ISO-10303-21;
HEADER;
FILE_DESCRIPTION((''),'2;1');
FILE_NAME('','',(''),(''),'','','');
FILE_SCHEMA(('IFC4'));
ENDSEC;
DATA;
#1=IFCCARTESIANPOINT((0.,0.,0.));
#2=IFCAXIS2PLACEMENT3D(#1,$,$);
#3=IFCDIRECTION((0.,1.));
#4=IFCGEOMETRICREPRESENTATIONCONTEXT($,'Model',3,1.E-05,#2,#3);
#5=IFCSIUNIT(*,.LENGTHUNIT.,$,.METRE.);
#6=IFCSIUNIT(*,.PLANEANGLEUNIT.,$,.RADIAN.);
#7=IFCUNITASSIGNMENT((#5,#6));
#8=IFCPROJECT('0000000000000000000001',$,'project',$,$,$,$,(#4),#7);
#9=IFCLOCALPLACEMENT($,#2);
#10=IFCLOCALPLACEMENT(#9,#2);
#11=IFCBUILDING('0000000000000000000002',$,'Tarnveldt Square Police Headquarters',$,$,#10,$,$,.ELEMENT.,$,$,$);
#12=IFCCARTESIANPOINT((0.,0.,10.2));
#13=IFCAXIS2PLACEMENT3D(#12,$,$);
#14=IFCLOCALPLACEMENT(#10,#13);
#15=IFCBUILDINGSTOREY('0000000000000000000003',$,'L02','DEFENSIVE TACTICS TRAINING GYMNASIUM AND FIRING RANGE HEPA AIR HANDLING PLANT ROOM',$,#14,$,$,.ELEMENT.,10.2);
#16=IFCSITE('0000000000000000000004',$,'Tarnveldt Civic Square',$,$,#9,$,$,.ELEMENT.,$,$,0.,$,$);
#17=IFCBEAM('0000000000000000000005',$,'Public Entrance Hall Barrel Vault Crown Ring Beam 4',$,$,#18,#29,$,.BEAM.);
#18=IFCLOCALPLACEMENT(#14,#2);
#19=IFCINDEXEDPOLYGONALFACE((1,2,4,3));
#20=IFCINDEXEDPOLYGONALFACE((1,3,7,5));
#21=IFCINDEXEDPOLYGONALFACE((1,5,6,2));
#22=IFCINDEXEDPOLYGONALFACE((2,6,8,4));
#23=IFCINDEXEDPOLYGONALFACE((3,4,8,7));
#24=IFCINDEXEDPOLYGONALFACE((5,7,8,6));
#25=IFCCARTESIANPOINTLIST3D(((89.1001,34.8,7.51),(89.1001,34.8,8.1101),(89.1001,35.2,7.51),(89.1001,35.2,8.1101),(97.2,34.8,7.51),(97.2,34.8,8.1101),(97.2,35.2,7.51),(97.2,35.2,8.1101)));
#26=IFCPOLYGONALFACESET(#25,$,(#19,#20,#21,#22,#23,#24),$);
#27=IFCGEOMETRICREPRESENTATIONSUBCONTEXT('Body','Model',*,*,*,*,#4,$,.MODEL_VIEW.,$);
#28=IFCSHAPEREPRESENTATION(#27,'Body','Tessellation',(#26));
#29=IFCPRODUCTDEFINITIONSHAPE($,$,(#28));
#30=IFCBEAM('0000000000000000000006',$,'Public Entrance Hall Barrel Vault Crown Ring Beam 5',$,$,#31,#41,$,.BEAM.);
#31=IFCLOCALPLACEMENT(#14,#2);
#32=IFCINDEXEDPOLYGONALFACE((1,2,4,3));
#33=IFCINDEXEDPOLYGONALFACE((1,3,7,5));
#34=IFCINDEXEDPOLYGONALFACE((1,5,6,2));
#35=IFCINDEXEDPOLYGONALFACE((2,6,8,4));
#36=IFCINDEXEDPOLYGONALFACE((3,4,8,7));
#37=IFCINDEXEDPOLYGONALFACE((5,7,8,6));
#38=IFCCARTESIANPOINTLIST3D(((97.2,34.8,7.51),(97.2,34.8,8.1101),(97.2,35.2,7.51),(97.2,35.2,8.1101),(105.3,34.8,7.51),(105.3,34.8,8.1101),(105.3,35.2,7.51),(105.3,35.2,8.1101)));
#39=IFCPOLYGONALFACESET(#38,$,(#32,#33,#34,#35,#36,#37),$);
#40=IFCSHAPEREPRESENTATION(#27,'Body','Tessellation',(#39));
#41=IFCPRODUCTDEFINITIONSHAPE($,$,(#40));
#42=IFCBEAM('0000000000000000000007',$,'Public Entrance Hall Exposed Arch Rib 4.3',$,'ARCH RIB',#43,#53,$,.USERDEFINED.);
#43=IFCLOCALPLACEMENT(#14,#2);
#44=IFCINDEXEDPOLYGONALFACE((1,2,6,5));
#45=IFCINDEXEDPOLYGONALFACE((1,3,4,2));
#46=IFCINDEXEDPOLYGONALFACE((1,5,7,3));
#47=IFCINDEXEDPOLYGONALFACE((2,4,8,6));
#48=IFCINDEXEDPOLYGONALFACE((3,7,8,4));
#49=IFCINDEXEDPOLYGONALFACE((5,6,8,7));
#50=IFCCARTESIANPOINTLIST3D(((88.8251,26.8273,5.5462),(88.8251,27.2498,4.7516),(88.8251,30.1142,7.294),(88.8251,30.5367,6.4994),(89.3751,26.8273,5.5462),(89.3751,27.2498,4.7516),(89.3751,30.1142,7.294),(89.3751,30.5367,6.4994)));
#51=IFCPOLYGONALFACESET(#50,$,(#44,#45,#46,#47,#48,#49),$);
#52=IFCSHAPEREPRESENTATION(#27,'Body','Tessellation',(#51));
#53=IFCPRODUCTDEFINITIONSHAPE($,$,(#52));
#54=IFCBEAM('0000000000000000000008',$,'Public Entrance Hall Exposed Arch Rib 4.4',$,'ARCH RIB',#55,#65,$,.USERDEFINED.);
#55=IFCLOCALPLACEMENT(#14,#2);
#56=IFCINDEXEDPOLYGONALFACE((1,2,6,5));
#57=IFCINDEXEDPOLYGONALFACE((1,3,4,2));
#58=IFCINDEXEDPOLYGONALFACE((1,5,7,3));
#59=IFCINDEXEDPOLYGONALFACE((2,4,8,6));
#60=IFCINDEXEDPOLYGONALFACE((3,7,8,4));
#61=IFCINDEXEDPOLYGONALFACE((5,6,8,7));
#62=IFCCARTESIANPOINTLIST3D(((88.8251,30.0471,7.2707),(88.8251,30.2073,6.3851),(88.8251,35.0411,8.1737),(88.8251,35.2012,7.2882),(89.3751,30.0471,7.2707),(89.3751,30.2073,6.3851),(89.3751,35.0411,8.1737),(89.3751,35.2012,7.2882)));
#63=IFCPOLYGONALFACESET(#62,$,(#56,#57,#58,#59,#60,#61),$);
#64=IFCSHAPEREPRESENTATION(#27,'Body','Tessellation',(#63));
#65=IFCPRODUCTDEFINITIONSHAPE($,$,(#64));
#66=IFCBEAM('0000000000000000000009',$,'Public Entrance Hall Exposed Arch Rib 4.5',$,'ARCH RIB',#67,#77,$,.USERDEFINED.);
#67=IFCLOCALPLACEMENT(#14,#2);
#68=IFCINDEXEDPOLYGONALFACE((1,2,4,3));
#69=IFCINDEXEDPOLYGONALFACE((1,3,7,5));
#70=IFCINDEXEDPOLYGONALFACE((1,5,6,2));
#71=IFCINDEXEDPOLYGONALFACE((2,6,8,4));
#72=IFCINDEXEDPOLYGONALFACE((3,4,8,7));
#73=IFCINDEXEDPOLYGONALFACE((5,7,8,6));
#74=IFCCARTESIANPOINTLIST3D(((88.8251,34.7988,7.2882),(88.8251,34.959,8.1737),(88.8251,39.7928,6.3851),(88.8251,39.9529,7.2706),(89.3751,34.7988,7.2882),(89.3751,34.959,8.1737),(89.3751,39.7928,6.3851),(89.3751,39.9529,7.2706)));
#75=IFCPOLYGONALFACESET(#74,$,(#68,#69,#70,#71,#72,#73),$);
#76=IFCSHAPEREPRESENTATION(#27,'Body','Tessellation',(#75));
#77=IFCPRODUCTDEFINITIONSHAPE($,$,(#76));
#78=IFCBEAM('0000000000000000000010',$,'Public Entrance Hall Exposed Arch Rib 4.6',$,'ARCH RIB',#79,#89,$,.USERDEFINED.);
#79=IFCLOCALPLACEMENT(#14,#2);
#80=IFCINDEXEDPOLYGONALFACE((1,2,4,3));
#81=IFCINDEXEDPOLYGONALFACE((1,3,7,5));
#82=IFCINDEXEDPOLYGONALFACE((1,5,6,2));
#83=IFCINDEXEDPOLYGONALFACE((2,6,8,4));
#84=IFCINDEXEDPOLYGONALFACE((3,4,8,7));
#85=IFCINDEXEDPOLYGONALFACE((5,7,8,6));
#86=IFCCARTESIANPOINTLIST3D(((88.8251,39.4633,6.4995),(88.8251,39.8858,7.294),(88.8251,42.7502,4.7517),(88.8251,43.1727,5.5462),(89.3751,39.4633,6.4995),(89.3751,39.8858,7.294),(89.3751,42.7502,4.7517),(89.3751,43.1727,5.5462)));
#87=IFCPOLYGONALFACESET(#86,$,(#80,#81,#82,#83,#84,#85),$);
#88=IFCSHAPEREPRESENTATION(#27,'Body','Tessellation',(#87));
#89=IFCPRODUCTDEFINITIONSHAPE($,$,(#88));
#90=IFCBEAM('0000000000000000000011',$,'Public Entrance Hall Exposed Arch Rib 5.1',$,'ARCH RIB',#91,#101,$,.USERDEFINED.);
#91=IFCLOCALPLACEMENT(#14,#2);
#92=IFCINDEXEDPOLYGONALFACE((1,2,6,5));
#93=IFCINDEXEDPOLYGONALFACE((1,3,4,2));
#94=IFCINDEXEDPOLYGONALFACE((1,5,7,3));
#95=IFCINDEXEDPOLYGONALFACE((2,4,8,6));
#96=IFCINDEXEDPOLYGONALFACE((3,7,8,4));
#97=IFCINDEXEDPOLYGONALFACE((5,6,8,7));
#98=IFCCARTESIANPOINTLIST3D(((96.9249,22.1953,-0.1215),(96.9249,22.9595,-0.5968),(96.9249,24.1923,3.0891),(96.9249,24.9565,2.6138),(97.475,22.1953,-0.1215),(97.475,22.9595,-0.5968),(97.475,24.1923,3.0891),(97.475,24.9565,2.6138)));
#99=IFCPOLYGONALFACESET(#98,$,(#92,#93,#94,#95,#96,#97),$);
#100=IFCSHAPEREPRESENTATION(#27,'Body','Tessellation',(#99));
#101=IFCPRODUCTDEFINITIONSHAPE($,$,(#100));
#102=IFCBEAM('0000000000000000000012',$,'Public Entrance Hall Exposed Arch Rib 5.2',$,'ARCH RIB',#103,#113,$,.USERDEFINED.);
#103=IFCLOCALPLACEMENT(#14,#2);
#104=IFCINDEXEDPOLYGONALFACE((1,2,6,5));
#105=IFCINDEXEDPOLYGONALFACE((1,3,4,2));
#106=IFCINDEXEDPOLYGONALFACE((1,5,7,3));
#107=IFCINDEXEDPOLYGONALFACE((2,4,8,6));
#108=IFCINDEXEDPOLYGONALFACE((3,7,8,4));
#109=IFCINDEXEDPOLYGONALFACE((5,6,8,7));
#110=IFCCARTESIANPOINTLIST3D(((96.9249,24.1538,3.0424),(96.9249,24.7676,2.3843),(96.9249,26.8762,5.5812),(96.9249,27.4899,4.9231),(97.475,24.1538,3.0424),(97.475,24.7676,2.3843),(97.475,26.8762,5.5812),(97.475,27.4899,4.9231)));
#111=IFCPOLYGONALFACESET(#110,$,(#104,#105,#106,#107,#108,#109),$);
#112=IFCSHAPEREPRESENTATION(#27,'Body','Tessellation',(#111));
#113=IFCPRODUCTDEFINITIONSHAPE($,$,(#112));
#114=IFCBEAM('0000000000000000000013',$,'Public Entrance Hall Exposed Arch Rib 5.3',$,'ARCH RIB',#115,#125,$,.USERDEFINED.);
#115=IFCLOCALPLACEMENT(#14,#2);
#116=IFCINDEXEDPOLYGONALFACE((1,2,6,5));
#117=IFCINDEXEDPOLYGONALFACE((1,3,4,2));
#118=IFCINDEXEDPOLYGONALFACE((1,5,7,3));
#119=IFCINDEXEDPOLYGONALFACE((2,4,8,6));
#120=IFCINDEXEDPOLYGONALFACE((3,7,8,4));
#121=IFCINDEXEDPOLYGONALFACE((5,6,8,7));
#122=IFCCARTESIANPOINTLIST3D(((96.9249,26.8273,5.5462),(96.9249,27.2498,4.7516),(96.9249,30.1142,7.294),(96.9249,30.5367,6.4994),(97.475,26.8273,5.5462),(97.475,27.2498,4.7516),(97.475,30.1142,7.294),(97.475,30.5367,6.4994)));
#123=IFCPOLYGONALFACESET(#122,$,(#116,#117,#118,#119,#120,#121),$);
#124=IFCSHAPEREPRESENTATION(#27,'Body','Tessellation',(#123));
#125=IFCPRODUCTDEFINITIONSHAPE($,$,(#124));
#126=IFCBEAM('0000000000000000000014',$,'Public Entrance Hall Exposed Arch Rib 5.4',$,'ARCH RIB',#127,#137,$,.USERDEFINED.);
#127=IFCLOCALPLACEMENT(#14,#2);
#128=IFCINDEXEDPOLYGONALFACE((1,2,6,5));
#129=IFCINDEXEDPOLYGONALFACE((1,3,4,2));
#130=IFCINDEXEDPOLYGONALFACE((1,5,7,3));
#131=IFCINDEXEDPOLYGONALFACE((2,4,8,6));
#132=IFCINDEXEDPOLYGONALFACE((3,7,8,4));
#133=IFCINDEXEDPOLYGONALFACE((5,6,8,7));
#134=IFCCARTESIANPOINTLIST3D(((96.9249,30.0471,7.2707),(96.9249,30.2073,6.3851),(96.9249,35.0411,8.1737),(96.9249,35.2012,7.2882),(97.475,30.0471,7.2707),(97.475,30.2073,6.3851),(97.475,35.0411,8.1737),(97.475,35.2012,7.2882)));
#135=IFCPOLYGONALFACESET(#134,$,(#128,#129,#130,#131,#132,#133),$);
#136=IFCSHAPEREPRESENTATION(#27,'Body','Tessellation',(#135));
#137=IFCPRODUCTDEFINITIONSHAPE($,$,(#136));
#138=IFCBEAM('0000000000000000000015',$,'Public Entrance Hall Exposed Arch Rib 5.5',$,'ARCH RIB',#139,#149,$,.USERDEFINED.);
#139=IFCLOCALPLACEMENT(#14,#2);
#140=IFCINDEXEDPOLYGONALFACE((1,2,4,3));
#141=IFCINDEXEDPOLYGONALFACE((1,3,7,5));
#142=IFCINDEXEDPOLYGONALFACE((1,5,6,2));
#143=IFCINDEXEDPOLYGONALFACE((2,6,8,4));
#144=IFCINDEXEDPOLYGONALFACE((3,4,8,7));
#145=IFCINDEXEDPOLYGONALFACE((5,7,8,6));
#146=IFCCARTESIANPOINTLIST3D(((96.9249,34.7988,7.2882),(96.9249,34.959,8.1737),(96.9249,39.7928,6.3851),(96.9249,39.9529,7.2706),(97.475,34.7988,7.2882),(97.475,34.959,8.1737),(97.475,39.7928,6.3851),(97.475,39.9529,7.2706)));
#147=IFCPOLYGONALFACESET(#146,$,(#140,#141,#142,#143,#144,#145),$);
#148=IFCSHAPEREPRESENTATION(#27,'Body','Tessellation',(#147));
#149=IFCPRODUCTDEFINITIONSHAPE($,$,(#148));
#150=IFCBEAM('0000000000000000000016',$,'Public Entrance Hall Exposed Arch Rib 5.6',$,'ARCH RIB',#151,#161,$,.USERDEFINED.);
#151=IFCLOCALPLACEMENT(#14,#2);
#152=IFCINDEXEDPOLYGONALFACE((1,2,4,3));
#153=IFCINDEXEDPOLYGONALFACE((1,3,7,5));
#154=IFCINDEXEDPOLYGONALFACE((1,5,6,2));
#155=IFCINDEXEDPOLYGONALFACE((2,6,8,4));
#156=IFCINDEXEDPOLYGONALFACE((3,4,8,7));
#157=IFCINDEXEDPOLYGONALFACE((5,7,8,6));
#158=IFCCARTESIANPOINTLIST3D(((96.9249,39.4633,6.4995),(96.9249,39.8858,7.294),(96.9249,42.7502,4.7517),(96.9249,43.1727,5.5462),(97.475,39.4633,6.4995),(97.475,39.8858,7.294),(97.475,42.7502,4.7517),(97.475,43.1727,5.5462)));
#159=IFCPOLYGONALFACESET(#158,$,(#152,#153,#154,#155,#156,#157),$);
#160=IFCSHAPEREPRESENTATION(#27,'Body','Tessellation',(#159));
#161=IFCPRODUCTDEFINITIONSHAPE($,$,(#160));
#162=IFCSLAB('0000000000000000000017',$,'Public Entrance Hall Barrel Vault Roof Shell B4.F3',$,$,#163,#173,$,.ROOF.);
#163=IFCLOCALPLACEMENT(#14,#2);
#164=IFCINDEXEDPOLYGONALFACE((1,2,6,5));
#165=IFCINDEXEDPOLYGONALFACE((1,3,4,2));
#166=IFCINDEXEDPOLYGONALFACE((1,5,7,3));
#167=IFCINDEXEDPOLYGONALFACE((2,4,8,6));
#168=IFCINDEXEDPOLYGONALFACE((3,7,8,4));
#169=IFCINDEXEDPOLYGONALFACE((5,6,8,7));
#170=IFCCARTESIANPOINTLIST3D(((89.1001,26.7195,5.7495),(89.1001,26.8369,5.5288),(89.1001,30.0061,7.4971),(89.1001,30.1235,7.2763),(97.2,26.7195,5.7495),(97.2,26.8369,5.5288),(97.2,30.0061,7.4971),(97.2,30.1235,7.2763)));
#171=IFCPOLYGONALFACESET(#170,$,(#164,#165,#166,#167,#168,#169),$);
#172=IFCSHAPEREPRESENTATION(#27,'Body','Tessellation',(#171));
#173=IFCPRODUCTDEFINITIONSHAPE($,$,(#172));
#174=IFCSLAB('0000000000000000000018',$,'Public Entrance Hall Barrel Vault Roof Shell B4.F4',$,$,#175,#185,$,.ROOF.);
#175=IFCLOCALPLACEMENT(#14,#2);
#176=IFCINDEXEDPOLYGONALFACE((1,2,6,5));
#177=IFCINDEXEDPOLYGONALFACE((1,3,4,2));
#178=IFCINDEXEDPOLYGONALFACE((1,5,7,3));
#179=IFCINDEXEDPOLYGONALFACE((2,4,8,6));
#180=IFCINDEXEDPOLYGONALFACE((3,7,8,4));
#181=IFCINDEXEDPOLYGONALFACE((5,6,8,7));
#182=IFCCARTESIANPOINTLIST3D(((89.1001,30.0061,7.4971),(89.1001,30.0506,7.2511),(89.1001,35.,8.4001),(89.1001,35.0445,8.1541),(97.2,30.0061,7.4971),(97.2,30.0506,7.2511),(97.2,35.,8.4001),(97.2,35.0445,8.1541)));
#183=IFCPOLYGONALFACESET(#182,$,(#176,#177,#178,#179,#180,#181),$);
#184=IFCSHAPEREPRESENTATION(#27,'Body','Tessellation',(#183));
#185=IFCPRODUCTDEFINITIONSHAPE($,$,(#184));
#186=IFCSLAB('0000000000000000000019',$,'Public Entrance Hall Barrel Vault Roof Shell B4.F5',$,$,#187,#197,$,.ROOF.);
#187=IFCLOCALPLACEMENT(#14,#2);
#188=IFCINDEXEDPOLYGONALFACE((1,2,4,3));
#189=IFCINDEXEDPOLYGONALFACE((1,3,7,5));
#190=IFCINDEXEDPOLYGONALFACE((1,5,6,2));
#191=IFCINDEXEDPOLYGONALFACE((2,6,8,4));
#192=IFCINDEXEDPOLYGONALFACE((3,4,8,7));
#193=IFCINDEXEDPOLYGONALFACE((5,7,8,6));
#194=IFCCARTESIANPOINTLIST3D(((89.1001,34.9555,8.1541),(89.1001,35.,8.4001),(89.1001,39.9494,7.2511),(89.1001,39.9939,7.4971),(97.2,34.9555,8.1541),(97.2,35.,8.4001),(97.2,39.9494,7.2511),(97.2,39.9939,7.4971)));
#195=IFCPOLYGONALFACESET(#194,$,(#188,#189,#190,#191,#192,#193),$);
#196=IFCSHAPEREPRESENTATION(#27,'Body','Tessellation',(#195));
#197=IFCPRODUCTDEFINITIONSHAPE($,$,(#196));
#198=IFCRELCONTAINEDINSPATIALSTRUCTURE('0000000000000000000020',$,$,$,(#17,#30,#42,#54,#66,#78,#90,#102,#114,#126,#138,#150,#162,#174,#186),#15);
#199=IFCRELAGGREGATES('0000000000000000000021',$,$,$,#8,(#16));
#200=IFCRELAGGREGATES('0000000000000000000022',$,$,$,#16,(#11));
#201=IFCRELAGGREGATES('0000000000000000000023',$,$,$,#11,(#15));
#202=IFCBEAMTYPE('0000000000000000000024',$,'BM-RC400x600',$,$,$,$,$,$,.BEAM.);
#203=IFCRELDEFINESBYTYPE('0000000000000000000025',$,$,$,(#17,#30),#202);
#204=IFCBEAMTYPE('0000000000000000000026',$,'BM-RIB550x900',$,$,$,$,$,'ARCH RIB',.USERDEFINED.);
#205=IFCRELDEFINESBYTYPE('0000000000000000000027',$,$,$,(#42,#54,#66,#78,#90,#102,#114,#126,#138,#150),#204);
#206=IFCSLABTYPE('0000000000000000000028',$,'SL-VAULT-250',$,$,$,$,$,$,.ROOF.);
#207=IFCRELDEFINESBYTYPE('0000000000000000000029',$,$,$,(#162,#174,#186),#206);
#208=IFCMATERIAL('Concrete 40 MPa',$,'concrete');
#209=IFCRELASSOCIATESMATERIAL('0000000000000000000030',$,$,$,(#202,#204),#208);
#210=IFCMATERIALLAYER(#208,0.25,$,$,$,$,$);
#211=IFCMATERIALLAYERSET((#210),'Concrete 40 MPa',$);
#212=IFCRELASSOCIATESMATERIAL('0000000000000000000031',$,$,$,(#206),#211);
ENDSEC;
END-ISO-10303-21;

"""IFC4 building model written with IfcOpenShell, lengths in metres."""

from ifc_helpers import new_model, si_unit, direction, frame, origin, origin_2d, place, context, subcontext, project, spatial, polyline, rectangle, outline, extrude, material, layer, layer_set, material_profile, profile_set, type_object, element, save


model = new_model("IFC4")

# Units and contexts
model_context = context("Model", 3, precision=1e-05, world=origin(), true_north=direction((0.0, 1.0)))
body_context = subcontext(model_context, "Body", "Model", "MODEL_VIEW")
ifc_project = project(units=[si_unit("LENGTHUNIT", "METRE"), si_unit("PLANEANGLEUNIT", "RADIAN")], contexts=[model_context])

# Site, building, storey
site_placement = place(None, origin())
site = spatial("IfcSite", under=ifc_project, at=site_placement, Name="Tarnveldt Civic Square", CompositionType="ELEMENT", RefElevation=0.0)
building_placement = place(site_placement, origin())
building = spatial("IfcBuilding", under=site, at=building_placement, Name="Tarnveldt Square Police Headquarters", CompositionType="ELEMENT")
storey_placement = place(building_placement, frame((0.0, 0.0, 10.2)))
storey = spatial("IfcBuildingStorey", under=building, at=storey_placement, Name="L02", Description="DEFENSIVE TACTICS TRAINING GYMNASIUM AND FIRING RANGE HEPA AIR HANDLING PLANT ROOM", CompositionType="ELEMENT", Elevation=10.2)

# Beams
ifc_material = material(Name="Concrete 40 MPa", Category="concrete")
ifc_material_profile_1 = material_profile(ifc_material, rectangle(XDim=0.3999, YDim=0.6001, at=origin_2d()), Name="RC-B400x600")
ifc_profile_set_1 = profile_set([ifc_material_profile_1], Name="Concrete 40 MPa")
beam_type_1 = type_object("IfcBeamType", Name="BM-RC400x600", PredefinedType="BEAM", material=ifc_profile_set_1)
beam_1_placement = place(storey_placement, frame((89.1001, 35.0, 7.8101), z_axis=(1.0, 0.0, 0.0), x_axis=(0.0, 1.0, 0.0)))
element("IfcBeam", 1, at=beam_1_placement, inside=storey, type_object=beam_type_1, Name="Public Entrance Hall Barrel Vault Crown Ring Beam 4", PredefinedType="BEAM", context=body_context, shape_type="SweptSolid", body=[
    extrude(rectangle(XDim=0.3999, YDim=0.6001, at=origin_2d()), origin(), (0.0, 0.0, 1.0), 8.0999),
])
beam_2_placement = place(storey_placement, frame((97.2, 35.0, 7.8101), z_axis=(1.0, 0.0, 0.0), x_axis=(0.0, 1.0, 0.0)))
element("IfcBeam", 2, at=beam_2_placement, inside=storey, type_object=beam_type_1, Name="Public Entrance Hall Barrel Vault Crown Ring Beam 5", PredefinedType="BEAM", context=body_context, shape_type="SweptSolid", body=[
    extrude(rectangle(XDim=0.3999, YDim=0.6001, at=origin_2d()), origin(), (0.0, 0.0, 1.0), 8.1001),
])
ifc_material_profile_2 = material_profile(ifc_material, rectangle(XDim=0.55, YDim=0.8999, at=origin_2d()), Name="RC-RIB550x900")
ifc_profile_set_2 = profile_set([ifc_material_profile_2], Name="Concrete 40 MPa")
beam_type_2 = type_object("IfcBeamType", Name="BM-RIB550x900", ElementType="ARCH RIB", PredefinedType="USERDEFINED", material=ifc_profile_set_2)
beam_3_placement = place(storey_placement, frame((89.1001, 27.0386, 5.1489), z_axis=(0.0, 0.882931, 0.469502), x_axis=(-1.0, 0.0, 0.0)))
element("IfcBeam", 3, at=beam_3_placement, inside=storey, type_object=beam_type_2, Name="Public Entrance Hall Exposed Arch Rib 4.3", ObjectType="ARCH RIB", PredefinedType="USERDEFINED", context=body_context, shape_type="SweptSolid", body=[
    extrude(rectangle(XDim=0.55, YDim=0.8999, at=origin_2d()), origin(), (0.0, 0.0, 1.0), 3.7227),
])
for number, where, z_axis, x_axis, name in (
    (4, (89.1001, 30.1272, 6.8279), (0.0, 0.98404, 0.17795), (-1.0, 0.0, 0.0), "Public Entrance Hall Exposed Arch Rib 4.4"),
    (5, (89.1001, 34.8789, 7.731), (0.0, 0.98404, -0.17795), (-1.0, 0.0, 0.0), "Public Entrance Hall Exposed Arch Rib 4.5"),
):
    element("IfcBeam", number, at=place(storey_placement, frame(where, z_axis=z_axis, x_axis=x_axis)), inside=storey, type_object=beam_type_2, Name=name, ObjectType="ARCH RIB", PredefinedType="USERDEFINED", context=body_context, shape_type="SweptSolid", body=[
        extrude(rectangle(XDim=0.55, YDim=0.8999, at=origin_2d()), origin(), (0.0, 0.0, 1.0), 5.075),
    ])
beam_4_placement = place(storey_placement, frame((89.1001, 39.6746, 6.8967), z_axis=(0.0, 0.882931, -0.469502), x_axis=(-1.0, 0.0, 0.0)))
element("IfcBeam", 6, at=beam_4_placement, inside=storey, type_object=beam_type_2, Name="Public Entrance Hall Exposed Arch Rib 4.6", ObjectType="ARCH RIB", PredefinedType="USERDEFINED", context=body_context, shape_type="SweptSolid", body=[
    extrude(rectangle(XDim=0.55, YDim=0.8999, at=origin_2d()), origin(), (0.0, 0.0, 1.0), 3.7227),
])
beam_5_placement = place(storey_placement, frame((97.2, 22.5774, -0.3591), z_axis=(0.0, 0.528169, 0.849139), x_axis=(-1.0, 0.0, 0.0)))
element("IfcBeam", 7, at=beam_5_placement, inside=storey, type_object=beam_type_2, Name="Public Entrance Hall Exposed Arch Rib 5.1", ObjectType="ARCH RIB", PredefinedType="USERDEFINED", context=body_context, shape_type="SweptSolid", body=[
    extrude(rectangle(XDim=0.55, YDim=0.8999, at=origin_2d()), origin(), (0.0, 0.0, 1.0), 3.781),
])
beam_6_placement = place(storey_placement, frame((97.2, 24.4607, 2.7134), z_axis=(0.0, 0.731337, 0.682017), x_axis=(-1.0, 0.0, 0.0)))
element("IfcBeam", 8, at=beam_6_placement, inside=storey, type_object=beam_type_2, Name="Public Entrance Hall Exposed Arch Rib 5.2", ObjectType="ARCH RIB", PredefinedType="USERDEFINED", context=body_context, shape_type="SweptSolid", body=[
    extrude(rectangle(XDim=0.55, YDim=0.8999, at=origin_2d()), origin(), (0.0, 0.0, 1.0), 3.7224),
])
beam_7_placement = place(storey_placement, frame((97.2, 27.0386, 5.1489), z_axis=(0.0, 0.882931, 0.469502), x_axis=(-1.0, 0.0, 0.0)))
element("IfcBeam", 9, at=beam_7_placement, inside=storey, type_object=beam_type_2, Name="Public Entrance Hall Exposed Arch Rib 5.3", ObjectType="ARCH RIB", PredefinedType="USERDEFINED", context=body_context, shape_type="SweptSolid", body=[
    extrude(rectangle(XDim=0.55, YDim=0.8999, at=origin_2d()), origin(), (0.0, 0.0, 1.0), 3.7227),
])
for number, where, z_axis, x_axis, name in (
    (10, (97.2, 30.1272, 6.8279), (0.0, 0.98404, 0.17795), (-1.0, 0.0, 0.0), "Public Entrance Hall Exposed Arch Rib 5.4"),
    (11, (97.2, 34.8789, 7.731), (0.0, 0.98404, -0.17795), (-1.0, 0.0, 0.0), "Public Entrance Hall Exposed Arch Rib 5.5"),
):
    element("IfcBeam", number, at=place(storey_placement, frame(where, z_axis=z_axis, x_axis=x_axis)), inside=storey, type_object=beam_type_2, Name=name, ObjectType="ARCH RIB", PredefinedType="USERDEFINED", context=body_context, shape_type="SweptSolid", body=[
        extrude(rectangle(XDim=0.55, YDim=0.8999, at=origin_2d()), origin(), (0.0, 0.0, 1.0), 5.075),
    ])
beam_8_placement = place(storey_placement, frame((97.2, 39.6746, 6.8967), z_axis=(0.0, 0.882931, -0.469502), x_axis=(-1.0, 0.0, 0.0)))
element("IfcBeam", 12, at=beam_8_placement, inside=storey, type_object=beam_type_2, Name="Public Entrance Hall Exposed Arch Rib 5.6", ObjectType="ARCH RIB", PredefinedType="USERDEFINED", context=body_context, shape_type="SweptSolid", body=[
    extrude(rectangle(XDim=0.55, YDim=0.8999, at=origin_2d()), origin(), (0.0, 0.0, 1.0), 3.7227),
])

# Slabs
ifc_layer = layer(ifc_material, 0.25)
ifc_layer_set = layer_set([ifc_layer], Name="Concrete 40 MPa")
slab_type = type_object("IfcSlabType", Name="SL-VAULT-250", PredefinedType="ROOF", material=ifc_layer_set)
slab_1_placement = place(storey_placement, frame((89.1001, 26.7195, 5.7495), z_axis=(0.0, -0.469478, 0.882944), x_axis=(1.0, 0.0, 0.0)))
element("IfcSlab", 13, at=slab_1_placement, inside=storey, type_object=slab_type, Name="Public Entrance Hall Barrel Vault Roof Shell B4.F3", PredefinedType="ROOF", context=body_context, shape_type="SweptSolid", body=[
    extrude(outline(polyline([(0.0, 0.0), (8.0999, 0.0), (8.0999, 3.7223), (0.0, 3.7223), (0.0, 0.0)])), origin(), (0.0, 0.0, -1.0), 0.25),
])
for number, where, z_axis, x_axis, name in (
    (14, (89.1001, 30.0061, 7.4971), (0.0, -0.17795, 0.98404), (1.0, 0.0, 0.0), "Public Entrance Hall Barrel Vault Roof Shell B4.F4"),
    (15, (89.1001, 35.0, 8.4001), (0.0, 0.17795, 0.98404), (1.0, 0.0, 0.0), "Public Entrance Hall Barrel Vault Roof Shell B4.F5"),
):
    element("IfcSlab", number, at=place(storey_placement, frame(where, z_axis=z_axis, x_axis=x_axis)), inside=storey, type_object=slab_type, Name=name, PredefinedType="ROOF", context=body_context, shape_type="SweptSolid", body=[
        extrude(outline(polyline([(0.0, 0.0), (8.0999, 0.0), (8.0999, 5.0749), (0.0, 5.0749), (0.0, 0.0)])), origin(), (0.0, 0.0, -1.0), 0.25),
    ])

save(model, "model.ifc")
